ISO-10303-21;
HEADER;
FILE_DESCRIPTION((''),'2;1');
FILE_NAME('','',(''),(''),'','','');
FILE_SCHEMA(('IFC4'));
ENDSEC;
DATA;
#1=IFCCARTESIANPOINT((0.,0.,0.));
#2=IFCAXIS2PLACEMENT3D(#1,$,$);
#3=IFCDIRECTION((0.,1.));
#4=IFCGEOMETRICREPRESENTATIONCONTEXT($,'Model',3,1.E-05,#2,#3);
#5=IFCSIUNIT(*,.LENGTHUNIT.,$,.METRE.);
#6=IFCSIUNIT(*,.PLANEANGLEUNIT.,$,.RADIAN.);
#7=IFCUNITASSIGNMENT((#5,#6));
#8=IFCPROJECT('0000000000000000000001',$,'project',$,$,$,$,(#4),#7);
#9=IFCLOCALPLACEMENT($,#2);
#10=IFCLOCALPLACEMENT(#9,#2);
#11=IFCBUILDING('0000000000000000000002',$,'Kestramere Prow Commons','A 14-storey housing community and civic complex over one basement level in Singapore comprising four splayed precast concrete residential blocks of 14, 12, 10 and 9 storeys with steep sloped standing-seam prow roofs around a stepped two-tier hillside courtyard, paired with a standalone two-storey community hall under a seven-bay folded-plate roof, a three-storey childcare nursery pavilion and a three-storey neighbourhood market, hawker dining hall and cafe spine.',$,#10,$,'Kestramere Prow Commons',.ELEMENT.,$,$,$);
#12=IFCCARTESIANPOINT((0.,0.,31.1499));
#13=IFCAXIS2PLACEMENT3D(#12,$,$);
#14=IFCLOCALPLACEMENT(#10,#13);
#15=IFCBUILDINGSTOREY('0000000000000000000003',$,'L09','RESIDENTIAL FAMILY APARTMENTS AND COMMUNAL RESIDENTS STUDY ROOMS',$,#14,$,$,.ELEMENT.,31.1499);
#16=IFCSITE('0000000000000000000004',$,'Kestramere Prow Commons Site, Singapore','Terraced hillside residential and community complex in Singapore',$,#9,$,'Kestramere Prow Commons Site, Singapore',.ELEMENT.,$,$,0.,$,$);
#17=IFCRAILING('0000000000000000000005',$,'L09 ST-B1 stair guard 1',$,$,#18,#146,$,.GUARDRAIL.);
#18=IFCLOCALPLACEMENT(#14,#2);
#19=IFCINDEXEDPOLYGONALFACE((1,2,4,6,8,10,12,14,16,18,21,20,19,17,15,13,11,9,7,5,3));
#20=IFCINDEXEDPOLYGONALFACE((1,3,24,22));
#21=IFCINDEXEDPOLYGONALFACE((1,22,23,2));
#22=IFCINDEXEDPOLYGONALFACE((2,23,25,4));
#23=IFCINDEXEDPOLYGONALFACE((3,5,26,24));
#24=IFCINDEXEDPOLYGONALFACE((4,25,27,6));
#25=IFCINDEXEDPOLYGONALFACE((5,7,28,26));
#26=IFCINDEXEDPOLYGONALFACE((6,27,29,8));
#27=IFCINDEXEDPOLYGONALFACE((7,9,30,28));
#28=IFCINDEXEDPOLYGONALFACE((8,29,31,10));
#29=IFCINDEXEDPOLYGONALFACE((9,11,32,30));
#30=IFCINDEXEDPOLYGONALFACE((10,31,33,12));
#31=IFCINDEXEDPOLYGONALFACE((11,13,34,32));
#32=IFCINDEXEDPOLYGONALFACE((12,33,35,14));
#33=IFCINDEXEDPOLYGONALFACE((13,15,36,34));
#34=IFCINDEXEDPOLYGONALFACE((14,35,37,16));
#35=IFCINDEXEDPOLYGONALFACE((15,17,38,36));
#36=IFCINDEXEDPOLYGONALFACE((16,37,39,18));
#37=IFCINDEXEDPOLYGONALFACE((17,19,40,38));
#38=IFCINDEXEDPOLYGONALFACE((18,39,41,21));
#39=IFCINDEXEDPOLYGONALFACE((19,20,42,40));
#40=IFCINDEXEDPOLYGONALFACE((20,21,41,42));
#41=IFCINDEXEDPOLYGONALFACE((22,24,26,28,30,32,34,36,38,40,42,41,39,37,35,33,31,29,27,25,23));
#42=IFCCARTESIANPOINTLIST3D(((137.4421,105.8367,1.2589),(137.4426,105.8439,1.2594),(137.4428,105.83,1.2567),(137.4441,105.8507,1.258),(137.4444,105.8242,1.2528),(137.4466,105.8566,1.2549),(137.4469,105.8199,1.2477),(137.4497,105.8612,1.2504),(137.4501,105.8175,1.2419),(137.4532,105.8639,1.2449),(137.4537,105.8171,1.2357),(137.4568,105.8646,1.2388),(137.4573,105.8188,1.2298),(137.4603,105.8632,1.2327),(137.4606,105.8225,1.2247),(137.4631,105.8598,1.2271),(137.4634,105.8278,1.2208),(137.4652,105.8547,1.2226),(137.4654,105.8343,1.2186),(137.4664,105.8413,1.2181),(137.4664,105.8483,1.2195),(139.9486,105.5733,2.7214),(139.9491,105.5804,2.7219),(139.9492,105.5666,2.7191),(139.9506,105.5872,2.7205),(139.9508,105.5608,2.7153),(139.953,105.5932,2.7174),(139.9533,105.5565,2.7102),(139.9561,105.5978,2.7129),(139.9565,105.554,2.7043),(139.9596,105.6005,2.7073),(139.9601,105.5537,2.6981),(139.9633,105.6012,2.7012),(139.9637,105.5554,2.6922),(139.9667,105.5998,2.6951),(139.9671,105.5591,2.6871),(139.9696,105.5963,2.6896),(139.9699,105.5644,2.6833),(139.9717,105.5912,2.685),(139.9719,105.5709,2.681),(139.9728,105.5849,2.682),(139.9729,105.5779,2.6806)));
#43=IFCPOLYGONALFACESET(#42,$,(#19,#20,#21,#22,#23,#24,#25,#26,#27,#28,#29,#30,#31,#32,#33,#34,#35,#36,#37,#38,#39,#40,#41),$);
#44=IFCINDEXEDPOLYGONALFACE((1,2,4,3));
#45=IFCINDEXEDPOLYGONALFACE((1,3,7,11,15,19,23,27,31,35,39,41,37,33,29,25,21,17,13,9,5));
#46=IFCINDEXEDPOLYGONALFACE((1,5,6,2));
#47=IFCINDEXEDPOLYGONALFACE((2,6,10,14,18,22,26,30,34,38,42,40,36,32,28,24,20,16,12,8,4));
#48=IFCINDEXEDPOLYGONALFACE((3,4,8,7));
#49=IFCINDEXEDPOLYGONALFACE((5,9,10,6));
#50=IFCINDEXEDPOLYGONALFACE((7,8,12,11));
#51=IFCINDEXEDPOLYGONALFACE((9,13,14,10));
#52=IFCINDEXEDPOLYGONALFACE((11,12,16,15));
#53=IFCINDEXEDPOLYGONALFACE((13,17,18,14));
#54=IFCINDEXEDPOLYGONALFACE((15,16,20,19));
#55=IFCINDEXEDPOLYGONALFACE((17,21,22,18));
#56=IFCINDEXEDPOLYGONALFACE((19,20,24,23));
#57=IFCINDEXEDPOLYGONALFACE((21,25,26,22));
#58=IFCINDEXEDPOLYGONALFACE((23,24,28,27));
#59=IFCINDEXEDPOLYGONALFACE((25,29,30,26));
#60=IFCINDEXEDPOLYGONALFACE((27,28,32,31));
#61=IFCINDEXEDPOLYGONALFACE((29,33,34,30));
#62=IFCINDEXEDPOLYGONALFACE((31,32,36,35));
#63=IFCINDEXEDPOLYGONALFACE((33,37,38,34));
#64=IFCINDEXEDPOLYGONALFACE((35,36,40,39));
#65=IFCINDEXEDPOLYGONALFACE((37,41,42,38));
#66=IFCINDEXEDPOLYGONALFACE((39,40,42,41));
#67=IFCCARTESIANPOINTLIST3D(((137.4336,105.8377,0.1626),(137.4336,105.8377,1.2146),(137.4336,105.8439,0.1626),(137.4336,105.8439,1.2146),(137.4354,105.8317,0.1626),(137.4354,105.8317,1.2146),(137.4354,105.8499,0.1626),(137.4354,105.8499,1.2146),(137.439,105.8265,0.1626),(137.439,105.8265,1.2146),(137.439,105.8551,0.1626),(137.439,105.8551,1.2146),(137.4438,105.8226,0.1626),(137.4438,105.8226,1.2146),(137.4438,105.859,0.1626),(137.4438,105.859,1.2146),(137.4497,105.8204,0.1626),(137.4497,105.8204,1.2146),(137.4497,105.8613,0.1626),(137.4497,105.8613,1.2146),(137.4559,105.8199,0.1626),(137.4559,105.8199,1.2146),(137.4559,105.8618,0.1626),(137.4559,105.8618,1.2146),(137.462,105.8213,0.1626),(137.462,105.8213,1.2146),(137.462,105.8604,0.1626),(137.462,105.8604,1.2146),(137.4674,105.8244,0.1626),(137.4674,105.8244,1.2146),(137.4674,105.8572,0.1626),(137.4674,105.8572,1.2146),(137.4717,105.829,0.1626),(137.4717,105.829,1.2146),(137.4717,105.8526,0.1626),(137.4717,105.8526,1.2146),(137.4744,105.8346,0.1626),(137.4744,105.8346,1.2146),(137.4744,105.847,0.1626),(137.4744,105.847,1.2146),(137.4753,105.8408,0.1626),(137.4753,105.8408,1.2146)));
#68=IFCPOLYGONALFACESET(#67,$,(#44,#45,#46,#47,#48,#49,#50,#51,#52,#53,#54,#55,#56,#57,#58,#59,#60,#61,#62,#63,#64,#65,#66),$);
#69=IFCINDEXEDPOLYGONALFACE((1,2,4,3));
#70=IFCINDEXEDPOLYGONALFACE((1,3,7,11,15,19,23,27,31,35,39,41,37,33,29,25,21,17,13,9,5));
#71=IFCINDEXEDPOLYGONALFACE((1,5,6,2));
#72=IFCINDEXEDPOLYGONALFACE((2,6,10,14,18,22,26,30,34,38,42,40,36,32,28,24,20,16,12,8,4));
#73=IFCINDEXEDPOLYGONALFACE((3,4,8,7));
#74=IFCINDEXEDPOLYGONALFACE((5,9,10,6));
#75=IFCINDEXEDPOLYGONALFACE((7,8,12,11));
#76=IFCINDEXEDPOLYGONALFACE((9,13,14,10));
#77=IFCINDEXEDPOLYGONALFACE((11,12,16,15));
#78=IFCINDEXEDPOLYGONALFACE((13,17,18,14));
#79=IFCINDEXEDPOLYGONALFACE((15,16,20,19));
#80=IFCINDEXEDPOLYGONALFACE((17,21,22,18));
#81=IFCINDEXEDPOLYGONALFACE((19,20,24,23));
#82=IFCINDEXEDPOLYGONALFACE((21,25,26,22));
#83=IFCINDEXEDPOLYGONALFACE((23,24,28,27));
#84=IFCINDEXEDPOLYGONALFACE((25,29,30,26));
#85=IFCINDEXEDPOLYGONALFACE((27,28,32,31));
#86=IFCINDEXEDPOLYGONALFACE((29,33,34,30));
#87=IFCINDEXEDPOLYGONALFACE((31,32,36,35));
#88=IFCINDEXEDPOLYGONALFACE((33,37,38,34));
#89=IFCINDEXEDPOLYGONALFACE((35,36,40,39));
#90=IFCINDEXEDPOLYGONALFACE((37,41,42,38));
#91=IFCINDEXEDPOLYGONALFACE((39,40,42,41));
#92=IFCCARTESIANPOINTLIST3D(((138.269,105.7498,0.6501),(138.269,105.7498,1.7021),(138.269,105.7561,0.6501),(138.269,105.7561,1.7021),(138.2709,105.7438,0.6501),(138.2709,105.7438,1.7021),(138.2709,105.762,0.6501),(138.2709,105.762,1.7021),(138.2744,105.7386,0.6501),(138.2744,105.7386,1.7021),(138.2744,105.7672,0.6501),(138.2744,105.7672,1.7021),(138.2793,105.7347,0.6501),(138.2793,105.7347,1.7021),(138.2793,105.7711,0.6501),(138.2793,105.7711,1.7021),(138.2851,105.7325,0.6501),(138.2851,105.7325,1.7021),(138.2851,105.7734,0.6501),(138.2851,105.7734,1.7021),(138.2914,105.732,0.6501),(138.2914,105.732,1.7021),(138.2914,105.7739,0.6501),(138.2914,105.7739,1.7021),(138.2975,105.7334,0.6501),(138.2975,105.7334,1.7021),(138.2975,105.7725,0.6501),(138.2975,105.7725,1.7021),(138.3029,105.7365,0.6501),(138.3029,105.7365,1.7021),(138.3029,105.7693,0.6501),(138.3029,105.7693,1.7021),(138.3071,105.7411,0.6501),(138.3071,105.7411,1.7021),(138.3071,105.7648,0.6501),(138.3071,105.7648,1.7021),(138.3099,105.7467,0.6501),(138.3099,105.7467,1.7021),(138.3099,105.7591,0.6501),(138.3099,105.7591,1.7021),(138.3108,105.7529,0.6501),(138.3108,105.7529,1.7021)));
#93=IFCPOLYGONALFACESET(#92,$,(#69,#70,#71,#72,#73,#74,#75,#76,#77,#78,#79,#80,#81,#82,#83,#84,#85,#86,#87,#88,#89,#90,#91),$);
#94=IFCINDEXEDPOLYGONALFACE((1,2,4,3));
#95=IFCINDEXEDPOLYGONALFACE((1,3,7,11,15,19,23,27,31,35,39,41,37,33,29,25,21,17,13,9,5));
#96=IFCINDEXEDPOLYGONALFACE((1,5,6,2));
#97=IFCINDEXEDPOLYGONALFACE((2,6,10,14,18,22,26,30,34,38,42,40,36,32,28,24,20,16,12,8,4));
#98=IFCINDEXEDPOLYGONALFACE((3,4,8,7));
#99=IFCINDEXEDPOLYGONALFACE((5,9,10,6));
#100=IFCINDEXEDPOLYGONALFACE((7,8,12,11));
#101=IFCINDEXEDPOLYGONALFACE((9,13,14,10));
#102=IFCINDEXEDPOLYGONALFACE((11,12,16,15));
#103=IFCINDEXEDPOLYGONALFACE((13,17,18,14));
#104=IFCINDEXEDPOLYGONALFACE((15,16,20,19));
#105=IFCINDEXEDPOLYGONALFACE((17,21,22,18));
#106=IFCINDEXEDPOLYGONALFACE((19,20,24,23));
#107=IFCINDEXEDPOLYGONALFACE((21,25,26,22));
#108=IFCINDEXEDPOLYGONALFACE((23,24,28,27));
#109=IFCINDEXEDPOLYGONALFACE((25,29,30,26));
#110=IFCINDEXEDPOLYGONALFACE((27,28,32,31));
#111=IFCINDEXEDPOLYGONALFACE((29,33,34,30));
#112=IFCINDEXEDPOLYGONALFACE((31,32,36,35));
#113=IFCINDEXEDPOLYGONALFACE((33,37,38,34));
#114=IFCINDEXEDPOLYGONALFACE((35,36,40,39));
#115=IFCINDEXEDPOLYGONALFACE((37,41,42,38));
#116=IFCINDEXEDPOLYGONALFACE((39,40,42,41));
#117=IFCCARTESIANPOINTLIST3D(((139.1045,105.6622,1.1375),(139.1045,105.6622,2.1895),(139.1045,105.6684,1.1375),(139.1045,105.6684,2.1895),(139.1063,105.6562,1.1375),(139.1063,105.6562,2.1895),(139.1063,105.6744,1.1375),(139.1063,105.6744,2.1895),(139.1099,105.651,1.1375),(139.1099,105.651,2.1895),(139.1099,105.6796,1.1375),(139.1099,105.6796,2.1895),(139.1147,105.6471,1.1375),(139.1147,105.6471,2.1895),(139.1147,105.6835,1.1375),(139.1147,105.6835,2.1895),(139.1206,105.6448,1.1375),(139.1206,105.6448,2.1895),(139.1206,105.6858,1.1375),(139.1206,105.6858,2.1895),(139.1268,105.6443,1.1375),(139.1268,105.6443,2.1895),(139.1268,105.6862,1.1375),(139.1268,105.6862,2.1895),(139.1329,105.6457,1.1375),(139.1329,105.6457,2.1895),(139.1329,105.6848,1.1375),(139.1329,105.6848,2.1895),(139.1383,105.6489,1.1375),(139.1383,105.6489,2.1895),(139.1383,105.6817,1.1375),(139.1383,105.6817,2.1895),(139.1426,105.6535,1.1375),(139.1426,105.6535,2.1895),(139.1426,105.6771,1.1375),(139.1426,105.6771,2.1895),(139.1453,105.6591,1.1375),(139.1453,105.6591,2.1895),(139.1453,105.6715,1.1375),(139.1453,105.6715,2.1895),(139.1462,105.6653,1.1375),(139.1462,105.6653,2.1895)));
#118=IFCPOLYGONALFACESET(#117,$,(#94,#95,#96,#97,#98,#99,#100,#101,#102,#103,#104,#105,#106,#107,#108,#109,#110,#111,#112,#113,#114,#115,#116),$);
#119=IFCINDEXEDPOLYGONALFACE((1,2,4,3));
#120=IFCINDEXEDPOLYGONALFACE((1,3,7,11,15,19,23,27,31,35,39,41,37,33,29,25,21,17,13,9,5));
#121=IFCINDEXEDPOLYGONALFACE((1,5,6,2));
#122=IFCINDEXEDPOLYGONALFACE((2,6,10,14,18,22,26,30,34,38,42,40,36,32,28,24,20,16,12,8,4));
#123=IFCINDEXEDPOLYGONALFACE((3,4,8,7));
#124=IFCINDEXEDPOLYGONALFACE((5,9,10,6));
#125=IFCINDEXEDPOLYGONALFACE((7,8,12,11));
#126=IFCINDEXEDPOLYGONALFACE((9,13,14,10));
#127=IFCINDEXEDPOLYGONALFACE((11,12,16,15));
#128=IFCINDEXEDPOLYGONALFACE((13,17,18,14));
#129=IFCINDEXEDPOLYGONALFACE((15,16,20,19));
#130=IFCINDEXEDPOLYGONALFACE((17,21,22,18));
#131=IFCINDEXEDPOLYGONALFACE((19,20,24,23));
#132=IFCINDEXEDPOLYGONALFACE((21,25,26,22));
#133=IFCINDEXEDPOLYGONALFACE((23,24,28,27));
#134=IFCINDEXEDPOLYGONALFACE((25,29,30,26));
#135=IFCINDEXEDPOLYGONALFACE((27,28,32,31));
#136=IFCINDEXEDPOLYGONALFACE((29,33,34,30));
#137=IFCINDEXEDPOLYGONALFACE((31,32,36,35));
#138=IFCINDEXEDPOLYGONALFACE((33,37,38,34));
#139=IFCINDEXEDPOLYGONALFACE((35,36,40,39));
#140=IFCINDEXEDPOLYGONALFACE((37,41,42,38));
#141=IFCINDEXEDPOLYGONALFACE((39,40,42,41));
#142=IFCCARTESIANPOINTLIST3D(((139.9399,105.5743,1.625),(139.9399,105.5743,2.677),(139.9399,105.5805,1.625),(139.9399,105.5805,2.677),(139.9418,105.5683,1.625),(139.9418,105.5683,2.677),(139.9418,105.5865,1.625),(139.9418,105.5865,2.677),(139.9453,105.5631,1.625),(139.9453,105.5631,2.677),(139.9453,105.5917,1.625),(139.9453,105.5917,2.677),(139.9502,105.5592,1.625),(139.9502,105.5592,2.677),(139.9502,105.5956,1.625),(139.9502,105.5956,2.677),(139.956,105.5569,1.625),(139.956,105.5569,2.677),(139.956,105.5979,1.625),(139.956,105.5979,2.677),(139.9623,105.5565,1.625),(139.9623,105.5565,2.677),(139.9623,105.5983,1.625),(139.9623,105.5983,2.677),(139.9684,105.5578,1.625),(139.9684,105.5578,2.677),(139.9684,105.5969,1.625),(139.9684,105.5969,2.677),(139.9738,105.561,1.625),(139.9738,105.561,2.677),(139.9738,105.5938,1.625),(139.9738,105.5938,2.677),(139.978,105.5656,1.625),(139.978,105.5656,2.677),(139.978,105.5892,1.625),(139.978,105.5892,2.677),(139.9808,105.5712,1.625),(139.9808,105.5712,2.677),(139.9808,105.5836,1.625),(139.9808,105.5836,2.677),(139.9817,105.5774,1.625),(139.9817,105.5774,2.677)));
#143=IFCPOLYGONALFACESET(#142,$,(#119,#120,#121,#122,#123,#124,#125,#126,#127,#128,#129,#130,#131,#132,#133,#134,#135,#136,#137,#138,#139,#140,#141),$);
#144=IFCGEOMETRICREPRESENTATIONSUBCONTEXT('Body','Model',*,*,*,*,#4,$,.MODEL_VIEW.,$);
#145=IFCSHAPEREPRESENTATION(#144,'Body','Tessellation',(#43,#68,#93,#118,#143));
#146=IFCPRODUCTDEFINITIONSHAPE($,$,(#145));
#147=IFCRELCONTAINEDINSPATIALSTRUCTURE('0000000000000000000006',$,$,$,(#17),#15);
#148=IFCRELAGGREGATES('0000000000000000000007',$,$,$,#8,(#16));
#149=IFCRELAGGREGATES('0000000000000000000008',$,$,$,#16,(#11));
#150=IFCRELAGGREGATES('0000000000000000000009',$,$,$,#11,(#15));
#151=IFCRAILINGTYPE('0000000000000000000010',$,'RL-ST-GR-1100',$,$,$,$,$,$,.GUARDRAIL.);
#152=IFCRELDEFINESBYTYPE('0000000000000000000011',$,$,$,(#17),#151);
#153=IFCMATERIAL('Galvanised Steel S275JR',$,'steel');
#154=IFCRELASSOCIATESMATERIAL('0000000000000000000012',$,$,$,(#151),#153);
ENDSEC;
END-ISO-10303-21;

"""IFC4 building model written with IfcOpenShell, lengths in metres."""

from ifc_helpers import new_model, si_unit, direction, frame, origin, origin_2d, place, context, subcontext, project, spatial, circle, extrude, material, type_object, element, save


model = new_model("IFC4")

# Units and contexts
model_context = context("Model", 3, precision=1e-05, world=origin(), true_north=direction((0.0, 1.0)))
body_context = subcontext(model_context, "Body", "Model", "MODEL_VIEW")
ifc_project = project(units=[si_unit("LENGTHUNIT", "METRE"), si_unit("PLANEANGLEUNIT", "RADIAN")], contexts=[model_context])

# Site, building, storey
site_placement = place(None, origin())
site = spatial("IfcSite", under=ifc_project, at=site_placement, Name="Kestramere Prow Commons Site, Singapore", Description="Terraced hillside residential and community complex in Singapore", LongName="Kestramere Prow Commons Site, Singapore", CompositionType="ELEMENT", RefElevation=0.0)
building_placement = place(site_placement, origin())
building = spatial("IfcBuilding", under=site, at=building_placement, Name="Kestramere Prow Commons", Description="A 14-storey housing community and civic complex over one basement level in Singapore comprising four splayed precast concrete residential blocks of 14, 12, 10 and 9 storeys with steep sloped standing-seam prow roofs around a stepped two-tier hillside courtyard, paired with a standalone two-storey community hall under a seven-bay folded-plate roof, a three-storey childcare nursery pavilion and a three-storey neighbourhood market, hawker dining hall and cafe spine.", LongName="Kestramere Prow Commons", CompositionType="ELEMENT")
storey_placement = place(building_placement, frame((0.0, 0.0, 31.1499)))
storey = spatial("IfcBuildingStorey", under=building, at=storey_placement, Name="L09", Description="RESIDENTIAL FAMILY APARTMENTS AND COMMUNAL RESIDENTS STUDY ROOMS", CompositionType="ELEMENT", Elevation=31.1499)

# Railing
ifc_material_1 = material(Name="Galvanised Steel S275JR", Category="steel")
railing_type_1 = type_object("IfcRailingType", Name="RL-ST-GR-1100", PredefinedType="GUARDRAIL", material=ifc_material_1)
railing_1_placement = place(storey_placement, frame((137.4543, 105.8408, 0.1626)))
element("IfcRailing", 1, at=railing_1_placement, inside=storey, type_object=railing_type_1, Name="L09 ST-B1 stair guard 1", PredefinedType="GUARDRAIL", context=body_context, shape_type="SweptSolid", body=[
    extrude(circle(Radius=0.0239, at=origin_2d()), frame((0.0, 0.0, 1.0762), z_axis=(0.860187, -0.090409, 0.501901), x_axis=(0.104528, 0.994522, 0.0)), (0.0, 0.0, 1.0), 2.9138),
    extrude(circle(Radius=0.021, at=origin_2d()), origin(), (0.0, 0.0, 1.0), 1.052),
    extrude(circle(Radius=0.021, at=origin_2d()), frame((0.8354, -0.0879, 0.4875)), (0.0, 0.0, 1.0), 1.052),
    extrude(circle(Radius=0.021, at=origin_2d()), frame((1.6709, -0.1755, 0.9749)), (0.0, 0.0, 1.0), 1.052),
    extrude(circle(Radius=0.021, at=origin_2d()), frame((2.5063, -0.2634, 1.4624)), (0.0, 0.0, 1.0), 1.052),
])

save(model, "model.ifc")
